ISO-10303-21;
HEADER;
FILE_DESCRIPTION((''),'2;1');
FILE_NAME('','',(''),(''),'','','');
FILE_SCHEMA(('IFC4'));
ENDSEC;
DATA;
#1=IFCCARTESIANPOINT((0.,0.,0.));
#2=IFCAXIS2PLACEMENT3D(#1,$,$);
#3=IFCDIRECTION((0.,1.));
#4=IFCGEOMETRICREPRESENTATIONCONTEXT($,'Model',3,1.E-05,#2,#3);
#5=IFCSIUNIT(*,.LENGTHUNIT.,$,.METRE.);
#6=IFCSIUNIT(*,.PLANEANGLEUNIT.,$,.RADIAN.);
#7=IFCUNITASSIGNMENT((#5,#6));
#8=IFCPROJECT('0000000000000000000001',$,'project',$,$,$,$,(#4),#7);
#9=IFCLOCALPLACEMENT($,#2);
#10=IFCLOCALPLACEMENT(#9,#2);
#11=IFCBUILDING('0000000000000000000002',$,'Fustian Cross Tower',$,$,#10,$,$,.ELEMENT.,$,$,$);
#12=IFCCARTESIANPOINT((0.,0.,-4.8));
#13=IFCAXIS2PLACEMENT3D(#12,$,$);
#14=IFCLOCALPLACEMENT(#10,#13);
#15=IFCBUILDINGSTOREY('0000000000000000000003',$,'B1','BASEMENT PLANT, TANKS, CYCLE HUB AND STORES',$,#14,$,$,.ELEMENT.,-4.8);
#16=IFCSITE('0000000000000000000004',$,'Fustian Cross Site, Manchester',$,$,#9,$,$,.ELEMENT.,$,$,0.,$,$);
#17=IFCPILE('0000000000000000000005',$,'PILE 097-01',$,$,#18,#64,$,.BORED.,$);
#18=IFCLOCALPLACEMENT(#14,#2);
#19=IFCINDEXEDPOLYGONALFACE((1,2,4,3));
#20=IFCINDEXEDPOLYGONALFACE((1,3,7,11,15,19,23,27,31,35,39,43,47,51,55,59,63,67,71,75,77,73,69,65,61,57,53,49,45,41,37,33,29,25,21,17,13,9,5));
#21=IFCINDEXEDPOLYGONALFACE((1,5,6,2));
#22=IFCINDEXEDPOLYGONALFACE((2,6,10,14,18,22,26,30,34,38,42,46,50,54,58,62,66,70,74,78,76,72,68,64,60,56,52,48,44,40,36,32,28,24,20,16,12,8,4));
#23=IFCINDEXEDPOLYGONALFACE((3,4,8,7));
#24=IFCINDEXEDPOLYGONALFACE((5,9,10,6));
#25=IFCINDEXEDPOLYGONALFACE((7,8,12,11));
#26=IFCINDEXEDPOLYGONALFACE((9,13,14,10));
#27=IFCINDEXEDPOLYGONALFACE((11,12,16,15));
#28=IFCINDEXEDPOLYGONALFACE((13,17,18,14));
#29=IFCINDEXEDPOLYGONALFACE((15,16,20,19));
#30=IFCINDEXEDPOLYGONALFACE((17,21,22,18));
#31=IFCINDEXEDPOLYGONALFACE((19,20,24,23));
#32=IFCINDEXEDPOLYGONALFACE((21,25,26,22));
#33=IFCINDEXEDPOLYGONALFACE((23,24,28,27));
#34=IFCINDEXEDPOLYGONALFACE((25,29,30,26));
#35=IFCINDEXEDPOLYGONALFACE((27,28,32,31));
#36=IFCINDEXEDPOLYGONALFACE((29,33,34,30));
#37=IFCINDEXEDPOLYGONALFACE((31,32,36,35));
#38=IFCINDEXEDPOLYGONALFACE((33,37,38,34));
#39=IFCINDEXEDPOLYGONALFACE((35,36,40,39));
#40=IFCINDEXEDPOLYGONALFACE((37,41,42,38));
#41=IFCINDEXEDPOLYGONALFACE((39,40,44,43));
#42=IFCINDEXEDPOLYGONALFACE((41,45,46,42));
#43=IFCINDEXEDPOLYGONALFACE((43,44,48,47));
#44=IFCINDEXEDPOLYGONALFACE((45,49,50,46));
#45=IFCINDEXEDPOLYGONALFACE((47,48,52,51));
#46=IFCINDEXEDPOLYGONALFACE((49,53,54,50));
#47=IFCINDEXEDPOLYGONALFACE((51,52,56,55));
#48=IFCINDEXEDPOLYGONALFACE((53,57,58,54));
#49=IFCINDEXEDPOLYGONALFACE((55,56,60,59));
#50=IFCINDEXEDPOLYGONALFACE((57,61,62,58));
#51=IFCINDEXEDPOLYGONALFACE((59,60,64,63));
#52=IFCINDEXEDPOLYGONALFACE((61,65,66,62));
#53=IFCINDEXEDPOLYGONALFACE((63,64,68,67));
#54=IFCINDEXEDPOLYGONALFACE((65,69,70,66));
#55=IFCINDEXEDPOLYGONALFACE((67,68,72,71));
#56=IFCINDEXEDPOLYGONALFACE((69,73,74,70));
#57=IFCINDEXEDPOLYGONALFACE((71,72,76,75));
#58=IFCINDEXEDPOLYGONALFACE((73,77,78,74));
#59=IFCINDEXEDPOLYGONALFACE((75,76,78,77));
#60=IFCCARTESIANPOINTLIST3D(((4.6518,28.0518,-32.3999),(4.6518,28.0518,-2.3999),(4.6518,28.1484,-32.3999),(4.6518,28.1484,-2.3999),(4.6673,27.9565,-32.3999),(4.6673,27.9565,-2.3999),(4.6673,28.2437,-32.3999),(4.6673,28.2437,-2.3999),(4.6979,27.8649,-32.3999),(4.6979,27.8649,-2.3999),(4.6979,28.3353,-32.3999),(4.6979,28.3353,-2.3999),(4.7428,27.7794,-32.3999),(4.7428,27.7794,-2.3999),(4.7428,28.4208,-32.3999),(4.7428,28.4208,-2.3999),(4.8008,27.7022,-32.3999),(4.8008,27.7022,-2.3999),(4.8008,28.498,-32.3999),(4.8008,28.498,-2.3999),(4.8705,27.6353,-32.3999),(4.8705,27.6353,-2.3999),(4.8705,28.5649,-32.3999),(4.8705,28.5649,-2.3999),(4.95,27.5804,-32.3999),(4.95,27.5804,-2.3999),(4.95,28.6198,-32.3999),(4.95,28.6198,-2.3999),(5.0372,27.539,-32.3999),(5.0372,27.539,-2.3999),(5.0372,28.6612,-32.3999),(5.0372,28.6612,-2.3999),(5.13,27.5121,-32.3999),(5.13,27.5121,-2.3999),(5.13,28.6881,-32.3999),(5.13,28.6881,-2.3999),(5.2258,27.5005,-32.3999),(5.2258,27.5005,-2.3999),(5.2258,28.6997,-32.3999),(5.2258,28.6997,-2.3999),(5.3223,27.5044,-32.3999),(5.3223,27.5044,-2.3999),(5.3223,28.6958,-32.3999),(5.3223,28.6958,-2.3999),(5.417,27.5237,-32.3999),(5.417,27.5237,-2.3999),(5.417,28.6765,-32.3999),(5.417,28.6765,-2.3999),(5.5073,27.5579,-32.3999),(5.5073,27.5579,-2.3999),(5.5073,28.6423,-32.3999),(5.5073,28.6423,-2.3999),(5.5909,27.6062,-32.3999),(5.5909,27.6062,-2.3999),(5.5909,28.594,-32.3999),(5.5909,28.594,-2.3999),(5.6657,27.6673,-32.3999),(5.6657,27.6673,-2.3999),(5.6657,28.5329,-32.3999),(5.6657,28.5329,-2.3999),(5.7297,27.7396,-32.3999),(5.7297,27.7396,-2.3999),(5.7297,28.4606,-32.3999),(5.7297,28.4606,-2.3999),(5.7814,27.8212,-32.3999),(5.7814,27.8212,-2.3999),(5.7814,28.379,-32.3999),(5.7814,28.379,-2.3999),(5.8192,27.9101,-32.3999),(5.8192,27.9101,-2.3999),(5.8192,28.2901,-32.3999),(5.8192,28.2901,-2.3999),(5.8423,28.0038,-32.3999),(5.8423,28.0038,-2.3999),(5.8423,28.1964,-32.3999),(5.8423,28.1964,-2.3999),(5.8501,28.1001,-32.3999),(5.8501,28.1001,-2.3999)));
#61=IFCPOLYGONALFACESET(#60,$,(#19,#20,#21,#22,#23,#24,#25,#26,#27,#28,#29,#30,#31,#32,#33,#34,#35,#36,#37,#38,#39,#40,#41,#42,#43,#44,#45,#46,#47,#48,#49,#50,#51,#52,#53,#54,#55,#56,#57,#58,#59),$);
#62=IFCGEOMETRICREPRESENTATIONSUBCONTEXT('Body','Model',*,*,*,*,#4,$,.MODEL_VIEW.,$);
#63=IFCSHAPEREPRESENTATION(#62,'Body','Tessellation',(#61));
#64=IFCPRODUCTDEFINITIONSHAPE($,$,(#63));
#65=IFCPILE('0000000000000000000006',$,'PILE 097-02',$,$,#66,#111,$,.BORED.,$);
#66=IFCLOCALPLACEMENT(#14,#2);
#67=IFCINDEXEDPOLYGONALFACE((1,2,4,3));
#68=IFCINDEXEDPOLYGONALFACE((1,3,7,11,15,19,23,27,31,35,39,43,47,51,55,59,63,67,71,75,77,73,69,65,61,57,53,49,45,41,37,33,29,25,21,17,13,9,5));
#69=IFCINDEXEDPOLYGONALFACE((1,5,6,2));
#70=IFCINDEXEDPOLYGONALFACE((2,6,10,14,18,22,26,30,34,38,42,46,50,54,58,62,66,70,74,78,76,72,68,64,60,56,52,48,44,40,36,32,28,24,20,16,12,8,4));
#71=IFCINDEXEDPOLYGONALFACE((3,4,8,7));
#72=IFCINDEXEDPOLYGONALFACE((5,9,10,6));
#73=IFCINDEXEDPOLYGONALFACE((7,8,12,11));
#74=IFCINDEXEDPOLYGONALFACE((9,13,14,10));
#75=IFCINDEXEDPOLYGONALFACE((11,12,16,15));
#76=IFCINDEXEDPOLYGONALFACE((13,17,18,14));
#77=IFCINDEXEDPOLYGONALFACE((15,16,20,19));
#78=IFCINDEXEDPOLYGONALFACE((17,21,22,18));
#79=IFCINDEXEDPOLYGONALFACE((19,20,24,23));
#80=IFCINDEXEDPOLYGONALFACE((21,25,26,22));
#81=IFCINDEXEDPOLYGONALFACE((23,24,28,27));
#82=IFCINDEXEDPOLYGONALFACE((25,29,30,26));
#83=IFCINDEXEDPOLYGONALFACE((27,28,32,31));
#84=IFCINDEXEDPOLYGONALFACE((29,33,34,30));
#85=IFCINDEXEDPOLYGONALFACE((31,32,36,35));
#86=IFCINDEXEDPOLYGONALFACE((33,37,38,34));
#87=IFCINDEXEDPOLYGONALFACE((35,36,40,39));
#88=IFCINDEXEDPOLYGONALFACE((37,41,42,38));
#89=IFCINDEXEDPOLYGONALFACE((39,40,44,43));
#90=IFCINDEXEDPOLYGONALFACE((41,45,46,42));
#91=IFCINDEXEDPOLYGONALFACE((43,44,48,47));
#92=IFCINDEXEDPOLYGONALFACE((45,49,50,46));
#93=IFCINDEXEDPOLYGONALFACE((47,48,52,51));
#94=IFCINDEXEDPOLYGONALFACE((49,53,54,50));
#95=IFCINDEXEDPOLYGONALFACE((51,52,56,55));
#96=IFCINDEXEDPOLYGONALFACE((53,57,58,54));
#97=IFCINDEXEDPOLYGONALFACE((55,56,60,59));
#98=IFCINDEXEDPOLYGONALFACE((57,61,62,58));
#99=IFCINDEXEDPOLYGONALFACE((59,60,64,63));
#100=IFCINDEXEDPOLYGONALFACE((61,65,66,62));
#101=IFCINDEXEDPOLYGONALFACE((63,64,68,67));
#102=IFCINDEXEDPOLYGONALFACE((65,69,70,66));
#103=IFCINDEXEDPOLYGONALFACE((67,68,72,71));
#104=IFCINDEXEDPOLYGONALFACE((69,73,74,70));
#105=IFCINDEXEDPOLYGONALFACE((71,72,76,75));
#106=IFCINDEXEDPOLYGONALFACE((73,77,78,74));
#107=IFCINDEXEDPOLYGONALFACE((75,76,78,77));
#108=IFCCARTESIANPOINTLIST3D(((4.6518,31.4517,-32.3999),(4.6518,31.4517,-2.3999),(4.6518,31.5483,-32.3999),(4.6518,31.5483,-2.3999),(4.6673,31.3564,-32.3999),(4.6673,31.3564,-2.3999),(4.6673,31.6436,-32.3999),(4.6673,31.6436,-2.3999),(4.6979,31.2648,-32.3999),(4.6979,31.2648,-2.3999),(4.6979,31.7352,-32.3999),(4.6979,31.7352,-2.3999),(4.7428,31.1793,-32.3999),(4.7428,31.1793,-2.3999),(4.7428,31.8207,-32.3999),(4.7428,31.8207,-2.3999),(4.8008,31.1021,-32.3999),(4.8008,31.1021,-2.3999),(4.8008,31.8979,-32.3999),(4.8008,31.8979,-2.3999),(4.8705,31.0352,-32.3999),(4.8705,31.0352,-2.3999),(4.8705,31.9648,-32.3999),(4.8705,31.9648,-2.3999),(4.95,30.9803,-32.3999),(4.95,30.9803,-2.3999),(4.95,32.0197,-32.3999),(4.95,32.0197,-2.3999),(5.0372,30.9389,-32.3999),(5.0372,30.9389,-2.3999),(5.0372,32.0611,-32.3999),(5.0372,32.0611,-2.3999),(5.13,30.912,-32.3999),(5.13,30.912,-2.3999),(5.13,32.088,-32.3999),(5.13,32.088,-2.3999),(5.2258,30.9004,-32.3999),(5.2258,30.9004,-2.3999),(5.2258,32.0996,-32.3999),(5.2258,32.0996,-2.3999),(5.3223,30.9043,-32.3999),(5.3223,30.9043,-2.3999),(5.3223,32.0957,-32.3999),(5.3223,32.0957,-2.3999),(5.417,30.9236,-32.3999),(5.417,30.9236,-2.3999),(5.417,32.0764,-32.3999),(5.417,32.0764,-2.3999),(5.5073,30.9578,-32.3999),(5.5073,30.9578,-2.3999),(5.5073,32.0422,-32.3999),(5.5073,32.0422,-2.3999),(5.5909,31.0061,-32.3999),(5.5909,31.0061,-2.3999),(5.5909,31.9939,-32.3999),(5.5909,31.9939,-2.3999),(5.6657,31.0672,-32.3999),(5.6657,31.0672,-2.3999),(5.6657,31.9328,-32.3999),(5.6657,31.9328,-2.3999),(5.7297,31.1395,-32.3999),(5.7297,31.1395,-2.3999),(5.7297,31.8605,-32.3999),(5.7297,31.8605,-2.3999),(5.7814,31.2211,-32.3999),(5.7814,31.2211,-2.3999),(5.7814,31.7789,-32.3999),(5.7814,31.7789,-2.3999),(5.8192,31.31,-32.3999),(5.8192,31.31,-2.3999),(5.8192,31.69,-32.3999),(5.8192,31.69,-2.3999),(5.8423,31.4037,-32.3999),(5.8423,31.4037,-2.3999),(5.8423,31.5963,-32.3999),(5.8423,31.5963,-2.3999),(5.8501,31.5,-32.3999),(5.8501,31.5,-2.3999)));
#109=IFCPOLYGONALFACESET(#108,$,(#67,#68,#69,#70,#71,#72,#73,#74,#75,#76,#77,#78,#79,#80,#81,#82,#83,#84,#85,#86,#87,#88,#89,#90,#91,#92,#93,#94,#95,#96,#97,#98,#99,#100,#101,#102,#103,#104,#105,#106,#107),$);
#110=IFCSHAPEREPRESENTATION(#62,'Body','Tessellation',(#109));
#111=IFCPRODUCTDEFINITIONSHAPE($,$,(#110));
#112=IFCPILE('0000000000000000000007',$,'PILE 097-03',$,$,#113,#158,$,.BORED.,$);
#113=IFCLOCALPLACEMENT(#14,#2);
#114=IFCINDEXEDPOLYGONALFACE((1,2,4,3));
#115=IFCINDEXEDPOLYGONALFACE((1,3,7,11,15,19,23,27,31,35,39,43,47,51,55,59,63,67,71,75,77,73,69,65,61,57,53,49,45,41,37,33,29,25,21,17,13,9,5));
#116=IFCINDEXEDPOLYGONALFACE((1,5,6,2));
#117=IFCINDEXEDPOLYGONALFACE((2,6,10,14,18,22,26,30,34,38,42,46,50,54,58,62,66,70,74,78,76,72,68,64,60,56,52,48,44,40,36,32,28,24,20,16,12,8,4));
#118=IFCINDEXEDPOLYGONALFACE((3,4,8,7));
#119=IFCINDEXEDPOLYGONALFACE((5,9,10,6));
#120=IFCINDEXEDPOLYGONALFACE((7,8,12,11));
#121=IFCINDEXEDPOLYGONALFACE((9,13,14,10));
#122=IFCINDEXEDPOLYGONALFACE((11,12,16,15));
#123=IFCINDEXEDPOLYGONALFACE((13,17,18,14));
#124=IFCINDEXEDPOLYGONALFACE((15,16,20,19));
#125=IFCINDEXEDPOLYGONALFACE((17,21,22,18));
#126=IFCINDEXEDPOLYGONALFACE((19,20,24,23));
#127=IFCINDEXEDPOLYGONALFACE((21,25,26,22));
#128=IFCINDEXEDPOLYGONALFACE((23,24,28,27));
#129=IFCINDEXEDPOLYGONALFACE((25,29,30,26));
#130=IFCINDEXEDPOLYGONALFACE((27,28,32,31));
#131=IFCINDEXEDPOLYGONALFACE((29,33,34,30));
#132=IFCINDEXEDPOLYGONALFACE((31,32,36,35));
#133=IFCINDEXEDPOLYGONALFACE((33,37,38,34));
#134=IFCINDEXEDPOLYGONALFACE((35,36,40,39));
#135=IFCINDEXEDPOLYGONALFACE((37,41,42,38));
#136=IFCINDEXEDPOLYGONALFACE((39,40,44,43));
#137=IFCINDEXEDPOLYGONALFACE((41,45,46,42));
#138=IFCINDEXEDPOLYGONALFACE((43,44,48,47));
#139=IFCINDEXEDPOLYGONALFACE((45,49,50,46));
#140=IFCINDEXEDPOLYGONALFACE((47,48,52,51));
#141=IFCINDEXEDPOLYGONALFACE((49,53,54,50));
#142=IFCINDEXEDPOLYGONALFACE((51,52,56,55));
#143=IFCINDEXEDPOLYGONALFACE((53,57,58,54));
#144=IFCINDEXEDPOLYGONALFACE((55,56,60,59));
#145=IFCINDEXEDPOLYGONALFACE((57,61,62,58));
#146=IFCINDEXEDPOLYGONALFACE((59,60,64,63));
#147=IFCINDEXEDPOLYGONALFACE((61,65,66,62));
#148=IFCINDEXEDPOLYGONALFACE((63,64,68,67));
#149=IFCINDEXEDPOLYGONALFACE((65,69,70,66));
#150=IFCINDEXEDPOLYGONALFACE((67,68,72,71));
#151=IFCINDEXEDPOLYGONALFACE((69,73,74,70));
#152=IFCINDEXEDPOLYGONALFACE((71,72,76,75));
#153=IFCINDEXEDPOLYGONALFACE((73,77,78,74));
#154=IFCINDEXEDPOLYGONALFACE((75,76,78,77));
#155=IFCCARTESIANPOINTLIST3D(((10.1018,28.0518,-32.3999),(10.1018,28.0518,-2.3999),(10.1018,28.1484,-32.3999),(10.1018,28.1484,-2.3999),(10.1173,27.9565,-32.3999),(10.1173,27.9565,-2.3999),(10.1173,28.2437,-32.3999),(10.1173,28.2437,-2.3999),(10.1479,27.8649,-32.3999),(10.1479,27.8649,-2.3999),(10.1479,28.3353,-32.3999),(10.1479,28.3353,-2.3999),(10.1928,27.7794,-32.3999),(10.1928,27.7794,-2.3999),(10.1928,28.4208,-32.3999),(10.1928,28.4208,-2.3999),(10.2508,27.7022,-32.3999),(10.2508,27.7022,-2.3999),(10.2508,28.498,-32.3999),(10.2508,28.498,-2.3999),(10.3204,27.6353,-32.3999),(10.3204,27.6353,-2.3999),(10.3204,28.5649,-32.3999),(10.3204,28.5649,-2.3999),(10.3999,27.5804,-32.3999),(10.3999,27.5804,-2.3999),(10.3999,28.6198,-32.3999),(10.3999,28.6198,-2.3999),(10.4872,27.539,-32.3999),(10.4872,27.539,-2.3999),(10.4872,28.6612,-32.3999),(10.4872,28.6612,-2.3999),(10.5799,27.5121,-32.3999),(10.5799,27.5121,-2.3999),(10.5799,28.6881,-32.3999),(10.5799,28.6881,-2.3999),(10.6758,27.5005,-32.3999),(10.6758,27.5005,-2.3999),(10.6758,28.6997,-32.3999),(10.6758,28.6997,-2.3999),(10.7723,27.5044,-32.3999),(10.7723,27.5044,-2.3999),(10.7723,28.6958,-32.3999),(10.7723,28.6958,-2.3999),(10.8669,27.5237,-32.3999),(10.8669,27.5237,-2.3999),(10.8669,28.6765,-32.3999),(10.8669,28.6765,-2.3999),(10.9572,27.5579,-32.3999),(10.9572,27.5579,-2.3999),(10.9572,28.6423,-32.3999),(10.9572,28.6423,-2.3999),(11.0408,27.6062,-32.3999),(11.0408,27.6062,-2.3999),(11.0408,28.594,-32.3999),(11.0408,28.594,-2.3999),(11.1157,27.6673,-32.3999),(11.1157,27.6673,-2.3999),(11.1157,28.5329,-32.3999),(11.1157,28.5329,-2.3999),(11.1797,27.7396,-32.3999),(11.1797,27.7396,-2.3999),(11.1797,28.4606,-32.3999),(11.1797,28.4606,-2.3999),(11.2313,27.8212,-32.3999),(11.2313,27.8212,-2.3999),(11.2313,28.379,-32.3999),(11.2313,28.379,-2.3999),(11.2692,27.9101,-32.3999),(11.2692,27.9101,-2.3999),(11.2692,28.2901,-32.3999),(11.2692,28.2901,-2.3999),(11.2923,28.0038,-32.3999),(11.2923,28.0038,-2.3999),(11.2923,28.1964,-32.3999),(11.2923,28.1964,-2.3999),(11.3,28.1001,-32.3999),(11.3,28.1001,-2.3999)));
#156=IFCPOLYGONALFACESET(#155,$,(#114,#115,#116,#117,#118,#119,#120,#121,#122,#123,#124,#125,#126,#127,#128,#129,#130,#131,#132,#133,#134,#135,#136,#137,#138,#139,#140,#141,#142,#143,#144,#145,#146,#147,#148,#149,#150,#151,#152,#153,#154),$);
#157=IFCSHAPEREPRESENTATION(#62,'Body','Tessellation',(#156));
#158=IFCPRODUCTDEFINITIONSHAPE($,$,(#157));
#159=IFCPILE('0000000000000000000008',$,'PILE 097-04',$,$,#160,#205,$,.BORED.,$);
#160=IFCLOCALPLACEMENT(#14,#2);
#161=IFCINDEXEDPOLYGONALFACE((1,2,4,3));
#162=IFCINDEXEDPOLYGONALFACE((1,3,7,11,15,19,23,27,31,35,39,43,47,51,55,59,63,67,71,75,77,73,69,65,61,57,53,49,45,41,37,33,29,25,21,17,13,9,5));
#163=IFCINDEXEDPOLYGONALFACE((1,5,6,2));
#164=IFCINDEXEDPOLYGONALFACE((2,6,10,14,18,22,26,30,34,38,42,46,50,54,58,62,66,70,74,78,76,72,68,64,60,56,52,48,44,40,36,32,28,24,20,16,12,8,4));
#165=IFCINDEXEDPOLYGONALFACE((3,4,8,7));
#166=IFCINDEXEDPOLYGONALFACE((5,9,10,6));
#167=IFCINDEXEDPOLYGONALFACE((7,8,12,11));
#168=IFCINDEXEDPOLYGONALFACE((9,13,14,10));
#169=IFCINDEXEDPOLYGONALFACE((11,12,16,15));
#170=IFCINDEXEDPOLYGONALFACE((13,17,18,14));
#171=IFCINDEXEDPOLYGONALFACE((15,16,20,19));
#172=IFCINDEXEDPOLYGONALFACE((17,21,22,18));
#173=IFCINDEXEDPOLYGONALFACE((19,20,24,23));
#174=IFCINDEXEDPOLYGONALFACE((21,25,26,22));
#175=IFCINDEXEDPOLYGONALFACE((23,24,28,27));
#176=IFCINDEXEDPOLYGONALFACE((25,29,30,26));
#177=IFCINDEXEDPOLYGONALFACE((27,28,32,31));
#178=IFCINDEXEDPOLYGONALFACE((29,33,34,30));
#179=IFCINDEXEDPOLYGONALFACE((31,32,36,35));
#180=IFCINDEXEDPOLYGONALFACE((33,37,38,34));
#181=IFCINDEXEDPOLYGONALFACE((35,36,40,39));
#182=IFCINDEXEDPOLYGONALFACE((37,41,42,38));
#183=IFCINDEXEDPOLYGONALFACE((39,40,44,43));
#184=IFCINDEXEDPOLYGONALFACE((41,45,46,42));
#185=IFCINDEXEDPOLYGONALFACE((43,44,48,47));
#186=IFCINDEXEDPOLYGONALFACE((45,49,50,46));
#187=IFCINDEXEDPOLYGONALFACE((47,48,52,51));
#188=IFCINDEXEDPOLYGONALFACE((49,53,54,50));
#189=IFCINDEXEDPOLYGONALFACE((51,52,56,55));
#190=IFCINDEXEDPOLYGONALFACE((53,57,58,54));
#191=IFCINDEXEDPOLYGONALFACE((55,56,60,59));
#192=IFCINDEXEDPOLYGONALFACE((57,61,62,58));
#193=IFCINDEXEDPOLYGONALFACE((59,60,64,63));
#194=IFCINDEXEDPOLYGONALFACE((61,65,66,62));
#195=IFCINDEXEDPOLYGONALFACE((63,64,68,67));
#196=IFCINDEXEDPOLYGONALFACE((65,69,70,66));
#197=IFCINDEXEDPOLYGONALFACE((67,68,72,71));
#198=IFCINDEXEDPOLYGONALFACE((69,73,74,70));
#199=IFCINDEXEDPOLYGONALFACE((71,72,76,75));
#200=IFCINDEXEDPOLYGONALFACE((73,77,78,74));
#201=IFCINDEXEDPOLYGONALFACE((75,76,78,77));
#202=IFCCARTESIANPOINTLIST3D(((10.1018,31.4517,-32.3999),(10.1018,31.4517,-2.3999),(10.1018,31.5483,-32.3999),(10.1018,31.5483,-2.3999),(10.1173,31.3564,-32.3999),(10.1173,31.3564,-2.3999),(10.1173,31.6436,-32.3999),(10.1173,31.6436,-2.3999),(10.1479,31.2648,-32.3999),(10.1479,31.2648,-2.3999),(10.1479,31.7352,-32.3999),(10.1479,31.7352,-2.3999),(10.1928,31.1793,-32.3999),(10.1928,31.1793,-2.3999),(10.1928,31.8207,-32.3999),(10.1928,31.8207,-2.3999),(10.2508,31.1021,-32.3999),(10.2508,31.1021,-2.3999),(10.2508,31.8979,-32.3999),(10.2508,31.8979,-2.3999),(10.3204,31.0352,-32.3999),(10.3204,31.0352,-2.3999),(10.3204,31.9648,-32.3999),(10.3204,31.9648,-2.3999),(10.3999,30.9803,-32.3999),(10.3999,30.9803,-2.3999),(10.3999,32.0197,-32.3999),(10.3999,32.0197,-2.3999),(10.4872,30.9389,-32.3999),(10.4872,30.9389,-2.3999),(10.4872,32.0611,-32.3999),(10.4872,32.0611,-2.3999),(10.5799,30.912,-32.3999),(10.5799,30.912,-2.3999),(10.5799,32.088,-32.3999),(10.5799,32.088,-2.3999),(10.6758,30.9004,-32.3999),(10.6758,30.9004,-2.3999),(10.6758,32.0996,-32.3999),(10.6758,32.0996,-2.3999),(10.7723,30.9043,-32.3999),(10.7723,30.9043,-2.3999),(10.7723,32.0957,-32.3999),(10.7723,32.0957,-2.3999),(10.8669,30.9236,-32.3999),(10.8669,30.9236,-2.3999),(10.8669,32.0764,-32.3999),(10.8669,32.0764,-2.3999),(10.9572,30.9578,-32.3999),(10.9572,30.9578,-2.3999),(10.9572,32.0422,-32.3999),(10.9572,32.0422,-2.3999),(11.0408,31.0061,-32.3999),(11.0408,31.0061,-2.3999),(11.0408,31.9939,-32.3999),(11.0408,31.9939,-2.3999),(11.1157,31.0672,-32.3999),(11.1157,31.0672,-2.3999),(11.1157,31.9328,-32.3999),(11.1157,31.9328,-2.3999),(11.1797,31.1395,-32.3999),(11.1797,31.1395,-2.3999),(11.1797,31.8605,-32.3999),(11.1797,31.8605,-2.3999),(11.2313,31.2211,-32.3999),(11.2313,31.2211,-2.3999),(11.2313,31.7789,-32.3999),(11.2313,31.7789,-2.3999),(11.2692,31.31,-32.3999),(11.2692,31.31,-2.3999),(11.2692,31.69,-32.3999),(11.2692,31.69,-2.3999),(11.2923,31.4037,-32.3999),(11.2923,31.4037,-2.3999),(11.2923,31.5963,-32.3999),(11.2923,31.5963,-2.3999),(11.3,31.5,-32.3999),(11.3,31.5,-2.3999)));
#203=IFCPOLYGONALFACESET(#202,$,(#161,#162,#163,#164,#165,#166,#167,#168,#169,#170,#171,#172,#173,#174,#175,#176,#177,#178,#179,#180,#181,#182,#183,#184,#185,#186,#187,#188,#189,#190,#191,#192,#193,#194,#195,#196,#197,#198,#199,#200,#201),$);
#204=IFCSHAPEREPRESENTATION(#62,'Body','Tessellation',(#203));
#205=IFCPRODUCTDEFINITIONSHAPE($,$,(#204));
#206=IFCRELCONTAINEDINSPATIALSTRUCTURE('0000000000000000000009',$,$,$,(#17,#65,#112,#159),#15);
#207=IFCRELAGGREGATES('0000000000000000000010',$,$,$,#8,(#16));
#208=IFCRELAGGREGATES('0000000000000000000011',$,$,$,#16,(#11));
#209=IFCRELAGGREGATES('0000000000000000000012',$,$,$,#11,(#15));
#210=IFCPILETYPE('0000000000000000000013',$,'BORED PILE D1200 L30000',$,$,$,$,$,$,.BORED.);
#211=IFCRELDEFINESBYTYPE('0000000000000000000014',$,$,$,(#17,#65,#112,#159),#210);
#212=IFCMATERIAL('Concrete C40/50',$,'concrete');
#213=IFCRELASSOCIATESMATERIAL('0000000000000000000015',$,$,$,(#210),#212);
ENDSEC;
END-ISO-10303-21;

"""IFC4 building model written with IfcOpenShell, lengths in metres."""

from ifc_helpers import new_model, si_unit, direction, frame, origin, origin_2d, place, context, subcontext, project, spatial, circle, extrude, material, material_profile, profile_set, type_object, element, save


model = new_model("IFC4")

# Units and contexts
model_context = context("Model", 3, precision=1e-05, world=origin(), true_north=direction((0.0, 1.0)))
body_context = subcontext(model_context, "Body", "Model", "MODEL_VIEW")
ifc_project = project(units=[si_unit("LENGTHUNIT", "METRE"), si_unit("PLANEANGLEUNIT", "RADIAN")], contexts=[model_context])

# Site, building, storey
site_placement = place(None, origin())
site = spatial("IfcSite", under=ifc_project, at=site_placement, Name="Fustian Cross Site, Manchester", CompositionType="ELEMENT", RefElevation=0.0)
building_placement = place(site_placement, origin())
building = spatial("IfcBuilding", under=site, at=building_placement, Name="Fustian Cross Tower", CompositionType="ELEMENT")
storey_placement = place(building_placement, frame((0.0, 0.0, -4.8)))
storey = spatial("IfcBuildingStorey", under=building, at=storey_placement, Name="B1", Description="BASEMENT PLANT, TANKS, CYCLE HUB AND STORES", CompositionType="ELEMENT", Elevation=-4.8)

# Piles
ifc_material_1 = material(Name="Concrete C40/50", Category="concrete")
ifc_material_profile_1 = material_profile(ifc_material_1, circle(Radius=0.6001, at=origin_2d()), Name="BORED PILE D1200 L30000")
ifc_profile_set_1 = profile_set([ifc_material_profile_1], Name="Concrete C40/50")
pile_type = type_object("IfcPileType", Name="BORED PILE D1200 L30000", PredefinedType="BORED", material=ifc_profile_set_1)
for number, where, z_axis, x_axis, name in (
    (1, (5.25, 28.1001, -2.3999), (0.0, 0.0, -1.0), (1.0, 0.0, 0.0), "PILE 097-01"),
    (2, (5.25, 31.5, -2.3999), (0.0, 0.0, -1.0), (1.0, 0.0, 0.0), "PILE 097-02"),
    (3, (10.7, 28.1001, -2.3999), (0.0, 0.0, -1.0), (1.0, 0.0, 0.0), "PILE 097-03"),
    (4, (10.7, 31.5, -2.3999), (0.0, 0.0, -1.0), (1.0, 0.0, 0.0), "PILE 097-04"),
):
    element("IfcPile", number, at=place(storey_placement, frame(where, z_axis=z_axis, x_axis=x_axis)), inside=storey, type_object=pile_type, Name=name, PredefinedType="BORED", context=body_context, shape_type="SweptSolid", body=[
        extrude(circle(Radius=0.6001, at=origin_2d()), origin(), (0.0, 0.0, 1.0), 30.0),
    ])

save(model, "model.ifc")
